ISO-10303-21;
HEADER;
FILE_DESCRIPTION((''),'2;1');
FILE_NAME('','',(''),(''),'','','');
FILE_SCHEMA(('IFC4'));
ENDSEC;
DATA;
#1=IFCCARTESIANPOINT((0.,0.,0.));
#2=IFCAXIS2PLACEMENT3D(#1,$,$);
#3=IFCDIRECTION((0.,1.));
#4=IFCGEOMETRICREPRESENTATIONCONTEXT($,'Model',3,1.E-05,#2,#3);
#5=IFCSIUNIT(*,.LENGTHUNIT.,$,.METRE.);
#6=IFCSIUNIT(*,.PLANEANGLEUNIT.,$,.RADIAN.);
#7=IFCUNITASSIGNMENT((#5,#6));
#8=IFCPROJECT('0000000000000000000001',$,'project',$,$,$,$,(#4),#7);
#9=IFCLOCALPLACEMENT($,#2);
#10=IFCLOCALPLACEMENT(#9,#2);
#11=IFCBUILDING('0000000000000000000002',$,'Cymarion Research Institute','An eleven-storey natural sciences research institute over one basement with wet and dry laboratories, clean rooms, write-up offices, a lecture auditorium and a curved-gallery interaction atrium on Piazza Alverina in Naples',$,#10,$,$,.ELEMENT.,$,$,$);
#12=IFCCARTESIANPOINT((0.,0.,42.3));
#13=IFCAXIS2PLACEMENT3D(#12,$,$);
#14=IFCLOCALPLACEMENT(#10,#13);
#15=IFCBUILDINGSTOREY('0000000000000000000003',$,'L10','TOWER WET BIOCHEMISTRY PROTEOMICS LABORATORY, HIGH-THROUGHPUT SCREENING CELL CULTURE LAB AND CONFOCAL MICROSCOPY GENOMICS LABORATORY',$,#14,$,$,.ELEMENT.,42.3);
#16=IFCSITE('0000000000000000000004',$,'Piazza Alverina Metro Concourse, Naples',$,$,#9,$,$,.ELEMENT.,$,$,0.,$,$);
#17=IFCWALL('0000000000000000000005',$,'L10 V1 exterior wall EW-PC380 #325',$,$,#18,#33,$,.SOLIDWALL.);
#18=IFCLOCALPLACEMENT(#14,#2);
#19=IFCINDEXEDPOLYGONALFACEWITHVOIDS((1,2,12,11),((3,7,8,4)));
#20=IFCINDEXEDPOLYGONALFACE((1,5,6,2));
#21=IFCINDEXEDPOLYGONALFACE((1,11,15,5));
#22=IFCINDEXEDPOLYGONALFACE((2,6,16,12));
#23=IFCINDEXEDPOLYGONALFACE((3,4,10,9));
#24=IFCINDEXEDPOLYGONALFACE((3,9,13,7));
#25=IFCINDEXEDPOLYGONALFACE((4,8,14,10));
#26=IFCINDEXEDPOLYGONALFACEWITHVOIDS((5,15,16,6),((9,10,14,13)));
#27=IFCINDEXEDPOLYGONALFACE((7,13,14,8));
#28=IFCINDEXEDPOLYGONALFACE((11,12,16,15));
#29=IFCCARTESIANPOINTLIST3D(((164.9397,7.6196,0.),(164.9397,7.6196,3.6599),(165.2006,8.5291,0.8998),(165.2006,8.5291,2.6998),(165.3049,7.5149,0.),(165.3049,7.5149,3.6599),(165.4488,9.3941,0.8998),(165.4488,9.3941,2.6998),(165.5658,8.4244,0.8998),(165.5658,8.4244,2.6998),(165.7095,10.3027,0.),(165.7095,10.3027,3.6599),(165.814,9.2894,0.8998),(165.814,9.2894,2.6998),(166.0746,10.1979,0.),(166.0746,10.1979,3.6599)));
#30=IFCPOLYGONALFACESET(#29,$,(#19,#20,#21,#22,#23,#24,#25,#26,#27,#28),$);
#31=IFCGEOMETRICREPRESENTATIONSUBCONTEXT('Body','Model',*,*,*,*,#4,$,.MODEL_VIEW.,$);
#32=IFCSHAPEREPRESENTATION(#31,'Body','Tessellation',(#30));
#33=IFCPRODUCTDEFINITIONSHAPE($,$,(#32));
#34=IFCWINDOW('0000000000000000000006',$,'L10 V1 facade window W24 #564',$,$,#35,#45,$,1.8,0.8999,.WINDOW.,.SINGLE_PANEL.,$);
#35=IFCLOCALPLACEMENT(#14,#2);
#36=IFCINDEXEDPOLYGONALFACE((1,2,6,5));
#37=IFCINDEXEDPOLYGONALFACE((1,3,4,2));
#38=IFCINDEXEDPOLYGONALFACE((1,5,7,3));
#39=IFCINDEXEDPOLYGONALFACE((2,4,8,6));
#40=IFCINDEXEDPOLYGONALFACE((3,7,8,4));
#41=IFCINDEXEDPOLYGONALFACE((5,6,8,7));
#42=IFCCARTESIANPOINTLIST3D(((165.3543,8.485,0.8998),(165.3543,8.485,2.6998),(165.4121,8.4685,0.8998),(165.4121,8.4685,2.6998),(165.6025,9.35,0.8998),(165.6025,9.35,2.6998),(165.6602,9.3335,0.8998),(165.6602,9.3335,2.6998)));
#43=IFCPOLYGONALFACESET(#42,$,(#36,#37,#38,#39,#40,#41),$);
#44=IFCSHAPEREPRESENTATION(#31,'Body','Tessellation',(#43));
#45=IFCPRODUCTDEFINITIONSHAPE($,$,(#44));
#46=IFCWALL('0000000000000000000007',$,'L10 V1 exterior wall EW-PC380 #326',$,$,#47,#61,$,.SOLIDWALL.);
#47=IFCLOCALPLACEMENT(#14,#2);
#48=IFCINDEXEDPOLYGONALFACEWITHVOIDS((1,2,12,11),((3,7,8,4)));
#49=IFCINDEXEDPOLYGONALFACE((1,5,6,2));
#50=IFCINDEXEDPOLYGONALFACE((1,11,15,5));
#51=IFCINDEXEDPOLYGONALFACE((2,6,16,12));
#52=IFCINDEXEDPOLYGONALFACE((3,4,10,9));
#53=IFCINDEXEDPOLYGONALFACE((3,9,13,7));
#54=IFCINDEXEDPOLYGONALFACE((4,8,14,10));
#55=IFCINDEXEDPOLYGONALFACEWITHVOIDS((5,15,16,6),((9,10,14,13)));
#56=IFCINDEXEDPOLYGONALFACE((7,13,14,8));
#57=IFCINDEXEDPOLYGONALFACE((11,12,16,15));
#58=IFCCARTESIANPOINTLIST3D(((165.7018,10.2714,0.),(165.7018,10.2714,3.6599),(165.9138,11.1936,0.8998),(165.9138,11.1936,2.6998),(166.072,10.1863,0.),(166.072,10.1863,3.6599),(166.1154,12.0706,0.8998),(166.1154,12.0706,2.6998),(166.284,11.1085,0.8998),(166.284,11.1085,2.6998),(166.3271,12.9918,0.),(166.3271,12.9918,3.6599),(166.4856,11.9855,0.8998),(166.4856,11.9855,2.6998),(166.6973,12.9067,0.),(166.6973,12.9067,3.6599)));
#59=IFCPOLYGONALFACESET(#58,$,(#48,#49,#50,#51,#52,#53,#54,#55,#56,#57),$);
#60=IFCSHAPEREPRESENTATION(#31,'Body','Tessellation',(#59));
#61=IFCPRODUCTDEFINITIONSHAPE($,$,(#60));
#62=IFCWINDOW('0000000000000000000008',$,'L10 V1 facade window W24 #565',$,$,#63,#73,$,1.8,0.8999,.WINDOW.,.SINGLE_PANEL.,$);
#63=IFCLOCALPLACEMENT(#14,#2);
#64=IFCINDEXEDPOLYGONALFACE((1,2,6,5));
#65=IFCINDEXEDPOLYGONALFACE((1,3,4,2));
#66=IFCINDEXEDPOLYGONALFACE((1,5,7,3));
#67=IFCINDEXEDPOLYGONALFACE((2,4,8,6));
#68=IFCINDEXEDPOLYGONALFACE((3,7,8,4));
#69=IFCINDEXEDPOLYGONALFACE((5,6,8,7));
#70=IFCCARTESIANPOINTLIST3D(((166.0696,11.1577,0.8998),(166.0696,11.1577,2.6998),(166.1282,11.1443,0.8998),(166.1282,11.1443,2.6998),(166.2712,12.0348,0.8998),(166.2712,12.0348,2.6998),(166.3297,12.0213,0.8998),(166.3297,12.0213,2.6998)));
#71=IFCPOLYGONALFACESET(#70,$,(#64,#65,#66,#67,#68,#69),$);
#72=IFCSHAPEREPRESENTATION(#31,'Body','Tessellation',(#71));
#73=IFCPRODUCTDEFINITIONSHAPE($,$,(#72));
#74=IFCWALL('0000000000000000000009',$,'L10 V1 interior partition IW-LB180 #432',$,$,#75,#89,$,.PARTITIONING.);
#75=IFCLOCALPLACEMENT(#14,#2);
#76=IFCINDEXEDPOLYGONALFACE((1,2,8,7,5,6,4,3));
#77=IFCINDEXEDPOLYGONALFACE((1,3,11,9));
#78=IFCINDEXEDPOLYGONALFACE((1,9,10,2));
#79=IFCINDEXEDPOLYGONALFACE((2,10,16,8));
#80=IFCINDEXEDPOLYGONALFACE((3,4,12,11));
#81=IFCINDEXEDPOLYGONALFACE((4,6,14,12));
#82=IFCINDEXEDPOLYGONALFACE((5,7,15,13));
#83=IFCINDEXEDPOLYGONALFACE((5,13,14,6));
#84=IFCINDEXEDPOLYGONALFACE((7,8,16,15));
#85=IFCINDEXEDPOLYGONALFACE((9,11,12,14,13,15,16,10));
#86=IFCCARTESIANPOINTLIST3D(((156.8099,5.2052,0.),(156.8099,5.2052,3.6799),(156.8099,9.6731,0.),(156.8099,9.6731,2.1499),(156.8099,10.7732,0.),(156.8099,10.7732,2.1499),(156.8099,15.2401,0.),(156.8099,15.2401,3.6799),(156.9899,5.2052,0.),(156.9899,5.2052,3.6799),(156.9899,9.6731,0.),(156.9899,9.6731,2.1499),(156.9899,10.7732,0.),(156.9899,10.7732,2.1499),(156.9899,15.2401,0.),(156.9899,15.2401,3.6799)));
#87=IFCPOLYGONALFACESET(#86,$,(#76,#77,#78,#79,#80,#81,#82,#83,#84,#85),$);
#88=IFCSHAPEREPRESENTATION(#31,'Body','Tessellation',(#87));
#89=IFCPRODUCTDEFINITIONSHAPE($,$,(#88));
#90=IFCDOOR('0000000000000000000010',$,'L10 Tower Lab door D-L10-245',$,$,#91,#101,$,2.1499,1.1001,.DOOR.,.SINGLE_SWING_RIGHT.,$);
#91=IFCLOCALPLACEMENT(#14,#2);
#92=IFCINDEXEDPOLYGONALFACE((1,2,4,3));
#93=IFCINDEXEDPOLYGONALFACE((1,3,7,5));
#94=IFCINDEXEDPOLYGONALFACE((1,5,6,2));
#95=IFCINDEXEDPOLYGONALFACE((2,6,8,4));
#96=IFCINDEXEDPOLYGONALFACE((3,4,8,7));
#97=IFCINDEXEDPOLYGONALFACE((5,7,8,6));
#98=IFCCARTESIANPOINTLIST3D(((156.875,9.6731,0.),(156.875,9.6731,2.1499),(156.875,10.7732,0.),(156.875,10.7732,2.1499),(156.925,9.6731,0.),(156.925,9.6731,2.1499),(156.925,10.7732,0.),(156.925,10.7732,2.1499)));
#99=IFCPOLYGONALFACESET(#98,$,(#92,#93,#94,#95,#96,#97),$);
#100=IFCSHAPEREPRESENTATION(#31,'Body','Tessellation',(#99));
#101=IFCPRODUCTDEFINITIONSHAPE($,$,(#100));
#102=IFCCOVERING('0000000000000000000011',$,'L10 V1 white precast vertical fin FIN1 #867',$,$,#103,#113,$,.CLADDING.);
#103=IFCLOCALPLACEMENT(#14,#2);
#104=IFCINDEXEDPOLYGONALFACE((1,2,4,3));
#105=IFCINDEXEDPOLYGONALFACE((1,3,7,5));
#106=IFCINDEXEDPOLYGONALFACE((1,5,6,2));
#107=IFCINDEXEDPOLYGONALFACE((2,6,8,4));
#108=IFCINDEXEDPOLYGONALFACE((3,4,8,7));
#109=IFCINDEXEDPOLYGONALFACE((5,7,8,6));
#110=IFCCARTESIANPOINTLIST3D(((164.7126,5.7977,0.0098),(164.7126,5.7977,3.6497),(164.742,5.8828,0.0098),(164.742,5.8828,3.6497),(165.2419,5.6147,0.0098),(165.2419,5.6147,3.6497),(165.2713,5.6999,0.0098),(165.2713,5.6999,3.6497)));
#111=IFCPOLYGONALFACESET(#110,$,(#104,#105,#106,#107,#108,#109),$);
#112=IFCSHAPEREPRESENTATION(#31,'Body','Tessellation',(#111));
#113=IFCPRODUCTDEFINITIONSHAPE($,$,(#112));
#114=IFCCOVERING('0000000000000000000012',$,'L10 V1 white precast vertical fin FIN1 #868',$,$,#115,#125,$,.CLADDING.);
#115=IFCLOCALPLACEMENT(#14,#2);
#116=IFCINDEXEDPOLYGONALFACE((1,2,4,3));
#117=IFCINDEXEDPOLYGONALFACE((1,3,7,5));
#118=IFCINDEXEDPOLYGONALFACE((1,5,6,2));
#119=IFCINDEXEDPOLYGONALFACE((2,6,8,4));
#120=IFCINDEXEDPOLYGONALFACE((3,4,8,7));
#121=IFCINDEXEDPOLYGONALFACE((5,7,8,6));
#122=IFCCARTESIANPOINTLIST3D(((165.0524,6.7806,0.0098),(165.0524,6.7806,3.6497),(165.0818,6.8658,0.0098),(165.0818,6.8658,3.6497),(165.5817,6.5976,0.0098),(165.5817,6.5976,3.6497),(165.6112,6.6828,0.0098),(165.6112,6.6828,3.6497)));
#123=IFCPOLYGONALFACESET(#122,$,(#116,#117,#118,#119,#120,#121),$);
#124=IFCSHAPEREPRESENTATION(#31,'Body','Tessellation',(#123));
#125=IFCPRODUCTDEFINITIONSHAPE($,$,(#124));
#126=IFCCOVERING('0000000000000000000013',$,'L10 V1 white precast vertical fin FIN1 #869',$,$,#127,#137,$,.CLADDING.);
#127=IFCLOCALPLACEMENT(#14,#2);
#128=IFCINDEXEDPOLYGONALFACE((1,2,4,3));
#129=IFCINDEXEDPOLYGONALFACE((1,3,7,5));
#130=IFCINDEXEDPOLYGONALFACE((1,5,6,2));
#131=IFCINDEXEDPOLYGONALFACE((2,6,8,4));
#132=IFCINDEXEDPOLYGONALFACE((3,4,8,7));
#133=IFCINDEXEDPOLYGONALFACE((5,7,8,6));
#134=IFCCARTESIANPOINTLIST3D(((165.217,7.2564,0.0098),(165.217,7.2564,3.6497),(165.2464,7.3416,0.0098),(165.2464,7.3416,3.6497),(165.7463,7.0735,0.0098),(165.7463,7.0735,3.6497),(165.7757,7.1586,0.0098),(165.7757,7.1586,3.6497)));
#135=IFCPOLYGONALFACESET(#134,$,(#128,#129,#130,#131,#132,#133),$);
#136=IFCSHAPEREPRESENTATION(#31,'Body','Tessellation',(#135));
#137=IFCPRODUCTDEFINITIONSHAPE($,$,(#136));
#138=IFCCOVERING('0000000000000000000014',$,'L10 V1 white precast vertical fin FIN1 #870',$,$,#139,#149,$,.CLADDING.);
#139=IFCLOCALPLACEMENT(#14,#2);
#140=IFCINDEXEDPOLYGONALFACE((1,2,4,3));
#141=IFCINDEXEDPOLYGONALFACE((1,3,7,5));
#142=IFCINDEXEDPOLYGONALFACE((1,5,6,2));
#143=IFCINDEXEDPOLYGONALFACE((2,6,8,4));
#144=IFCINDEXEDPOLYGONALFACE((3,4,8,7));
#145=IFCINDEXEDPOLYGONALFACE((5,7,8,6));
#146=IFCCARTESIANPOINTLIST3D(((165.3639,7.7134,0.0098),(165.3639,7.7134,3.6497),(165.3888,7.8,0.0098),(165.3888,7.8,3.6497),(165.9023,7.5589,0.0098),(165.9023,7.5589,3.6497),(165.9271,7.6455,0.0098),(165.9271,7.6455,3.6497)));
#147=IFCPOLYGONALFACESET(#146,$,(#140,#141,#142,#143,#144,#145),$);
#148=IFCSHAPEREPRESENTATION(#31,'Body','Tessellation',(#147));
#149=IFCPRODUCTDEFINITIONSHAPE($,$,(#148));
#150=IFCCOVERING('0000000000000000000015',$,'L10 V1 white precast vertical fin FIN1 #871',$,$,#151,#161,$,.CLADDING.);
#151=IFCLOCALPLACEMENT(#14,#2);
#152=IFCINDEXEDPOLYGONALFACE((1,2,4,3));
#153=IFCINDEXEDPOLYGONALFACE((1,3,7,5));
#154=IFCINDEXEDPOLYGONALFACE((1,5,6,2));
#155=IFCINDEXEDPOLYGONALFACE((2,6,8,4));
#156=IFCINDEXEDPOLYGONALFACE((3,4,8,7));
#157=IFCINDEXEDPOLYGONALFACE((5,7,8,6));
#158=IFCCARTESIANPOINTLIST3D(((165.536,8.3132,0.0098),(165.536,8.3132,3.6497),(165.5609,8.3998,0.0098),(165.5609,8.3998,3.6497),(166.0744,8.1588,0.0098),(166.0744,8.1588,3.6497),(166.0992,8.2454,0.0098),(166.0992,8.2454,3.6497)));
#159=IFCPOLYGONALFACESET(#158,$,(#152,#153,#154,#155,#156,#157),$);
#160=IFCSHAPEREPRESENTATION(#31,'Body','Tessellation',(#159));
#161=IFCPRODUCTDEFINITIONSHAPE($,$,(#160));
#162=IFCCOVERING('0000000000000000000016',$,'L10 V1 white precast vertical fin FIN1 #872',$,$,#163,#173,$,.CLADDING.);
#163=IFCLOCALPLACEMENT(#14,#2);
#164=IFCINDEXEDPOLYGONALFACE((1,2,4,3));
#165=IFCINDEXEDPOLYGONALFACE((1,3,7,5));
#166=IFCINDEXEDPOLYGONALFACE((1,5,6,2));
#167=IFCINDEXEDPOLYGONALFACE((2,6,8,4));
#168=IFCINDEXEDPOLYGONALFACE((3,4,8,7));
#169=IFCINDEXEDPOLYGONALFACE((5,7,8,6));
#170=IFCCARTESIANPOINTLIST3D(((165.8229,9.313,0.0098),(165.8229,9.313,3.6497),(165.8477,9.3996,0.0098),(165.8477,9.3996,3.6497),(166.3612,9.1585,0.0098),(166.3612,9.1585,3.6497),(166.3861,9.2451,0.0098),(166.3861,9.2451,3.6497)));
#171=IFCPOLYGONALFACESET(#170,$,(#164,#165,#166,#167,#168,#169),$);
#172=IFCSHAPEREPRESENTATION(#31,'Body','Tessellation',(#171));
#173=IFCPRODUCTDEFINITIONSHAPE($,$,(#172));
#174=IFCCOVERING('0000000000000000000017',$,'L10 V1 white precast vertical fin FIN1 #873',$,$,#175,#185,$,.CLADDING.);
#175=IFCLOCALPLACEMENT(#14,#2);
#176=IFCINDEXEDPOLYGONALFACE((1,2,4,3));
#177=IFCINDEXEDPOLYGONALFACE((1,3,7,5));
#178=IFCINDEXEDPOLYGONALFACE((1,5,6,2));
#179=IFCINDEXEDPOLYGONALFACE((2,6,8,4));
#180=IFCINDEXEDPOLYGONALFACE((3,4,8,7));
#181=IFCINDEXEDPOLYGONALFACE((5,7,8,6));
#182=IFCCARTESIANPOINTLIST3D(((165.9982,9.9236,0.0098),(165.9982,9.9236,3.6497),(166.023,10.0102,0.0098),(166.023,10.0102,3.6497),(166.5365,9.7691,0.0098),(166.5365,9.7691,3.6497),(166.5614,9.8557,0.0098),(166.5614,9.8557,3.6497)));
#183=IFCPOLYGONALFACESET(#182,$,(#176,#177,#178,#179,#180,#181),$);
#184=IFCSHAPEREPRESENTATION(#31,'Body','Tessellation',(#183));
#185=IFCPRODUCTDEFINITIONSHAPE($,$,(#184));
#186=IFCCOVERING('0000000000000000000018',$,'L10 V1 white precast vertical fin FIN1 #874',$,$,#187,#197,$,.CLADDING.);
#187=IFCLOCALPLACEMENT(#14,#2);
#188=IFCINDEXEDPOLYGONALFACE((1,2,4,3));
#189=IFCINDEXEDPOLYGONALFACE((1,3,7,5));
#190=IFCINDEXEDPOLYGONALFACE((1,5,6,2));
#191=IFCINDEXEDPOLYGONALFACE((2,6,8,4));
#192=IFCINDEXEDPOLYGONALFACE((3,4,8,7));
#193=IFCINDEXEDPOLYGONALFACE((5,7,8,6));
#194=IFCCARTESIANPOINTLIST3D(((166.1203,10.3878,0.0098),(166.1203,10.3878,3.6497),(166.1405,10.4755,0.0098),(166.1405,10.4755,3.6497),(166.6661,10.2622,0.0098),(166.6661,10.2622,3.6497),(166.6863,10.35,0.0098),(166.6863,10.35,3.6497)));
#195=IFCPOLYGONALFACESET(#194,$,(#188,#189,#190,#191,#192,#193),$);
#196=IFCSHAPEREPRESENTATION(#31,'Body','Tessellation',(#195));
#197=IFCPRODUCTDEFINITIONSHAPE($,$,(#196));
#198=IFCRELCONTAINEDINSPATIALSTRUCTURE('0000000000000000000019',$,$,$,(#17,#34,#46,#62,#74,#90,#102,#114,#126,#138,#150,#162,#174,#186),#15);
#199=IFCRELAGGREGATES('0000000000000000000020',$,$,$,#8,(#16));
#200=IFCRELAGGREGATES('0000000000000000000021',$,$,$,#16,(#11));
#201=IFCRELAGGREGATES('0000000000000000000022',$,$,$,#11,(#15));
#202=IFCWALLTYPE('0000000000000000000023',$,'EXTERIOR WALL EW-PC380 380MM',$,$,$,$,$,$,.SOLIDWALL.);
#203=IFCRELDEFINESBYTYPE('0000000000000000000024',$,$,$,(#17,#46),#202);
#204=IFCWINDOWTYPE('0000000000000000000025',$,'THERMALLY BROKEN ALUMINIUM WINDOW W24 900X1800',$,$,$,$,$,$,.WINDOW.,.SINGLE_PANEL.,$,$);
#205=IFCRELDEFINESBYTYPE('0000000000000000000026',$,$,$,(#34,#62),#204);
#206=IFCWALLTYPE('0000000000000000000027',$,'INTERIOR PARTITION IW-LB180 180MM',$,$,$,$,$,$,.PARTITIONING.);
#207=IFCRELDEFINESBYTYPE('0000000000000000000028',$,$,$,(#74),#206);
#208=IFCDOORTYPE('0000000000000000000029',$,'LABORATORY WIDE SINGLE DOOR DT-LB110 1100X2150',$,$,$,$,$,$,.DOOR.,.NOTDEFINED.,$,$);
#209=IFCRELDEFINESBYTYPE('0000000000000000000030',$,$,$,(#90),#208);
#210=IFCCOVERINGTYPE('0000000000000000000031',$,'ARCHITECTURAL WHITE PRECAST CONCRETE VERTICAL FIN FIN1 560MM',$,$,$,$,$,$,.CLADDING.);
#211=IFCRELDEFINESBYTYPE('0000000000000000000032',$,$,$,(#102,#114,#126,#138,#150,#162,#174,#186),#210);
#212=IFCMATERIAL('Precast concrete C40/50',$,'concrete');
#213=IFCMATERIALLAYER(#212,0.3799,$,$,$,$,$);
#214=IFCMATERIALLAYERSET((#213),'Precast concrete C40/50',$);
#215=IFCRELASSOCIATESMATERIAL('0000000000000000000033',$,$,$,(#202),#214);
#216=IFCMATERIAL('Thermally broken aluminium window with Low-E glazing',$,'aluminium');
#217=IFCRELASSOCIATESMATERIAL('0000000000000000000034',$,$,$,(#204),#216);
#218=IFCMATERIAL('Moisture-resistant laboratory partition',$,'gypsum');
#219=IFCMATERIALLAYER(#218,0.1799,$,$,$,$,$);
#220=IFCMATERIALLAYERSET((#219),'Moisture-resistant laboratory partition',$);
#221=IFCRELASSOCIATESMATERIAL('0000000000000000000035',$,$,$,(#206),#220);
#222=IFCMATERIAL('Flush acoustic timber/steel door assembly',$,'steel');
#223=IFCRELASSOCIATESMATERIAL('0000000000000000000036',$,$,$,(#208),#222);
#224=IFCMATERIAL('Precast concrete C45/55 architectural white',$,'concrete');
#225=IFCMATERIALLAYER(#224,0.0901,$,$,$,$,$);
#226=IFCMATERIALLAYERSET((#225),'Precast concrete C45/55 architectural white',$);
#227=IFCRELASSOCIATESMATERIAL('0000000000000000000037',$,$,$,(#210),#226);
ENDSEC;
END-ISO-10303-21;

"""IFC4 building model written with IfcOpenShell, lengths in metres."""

from ifc_helpers import new_model, si_unit, direction, frame, frame_2d, origin, origin_2d, place, context, subcontext, project, spatial, rectangle, extrude, material, layer, layer_set, type_object, element, fill, save


model = new_model("IFC4")

# Units and contexts
model_context = context("Model", 3, precision=1e-05, world=origin(), true_north=direction((0.0, 1.0)))
body_context = subcontext(model_context, "Body", "Model", "MODEL_VIEW")
ifc_project = project(units=[si_unit("LENGTHUNIT", "METRE"), si_unit("PLANEANGLEUNIT", "RADIAN")], contexts=[model_context])

# Site, building, storey
site_placement = place(None, origin())
site = spatial("IfcSite", under=ifc_project, at=site_placement, Name="Piazza Alverina Metro Concourse, Naples", CompositionType="ELEMENT", RefElevation=0.0)
building_placement = place(site_placement, origin())
building = spatial("IfcBuilding", under=site, at=building_placement, Name="Cymarion Research Institute", Description="An eleven-storey natural sciences research institute over one basement with wet and dry laboratories, clean rooms, write-up offices, a lecture auditorium and a curved-gallery interaction atrium on Piazza Alverina in Naples", CompositionType="ELEMENT")
storey_placement = place(building_placement, frame((0.0, 0.0, 42.3)))
storey = spatial("IfcBuildingStorey", under=building, at=storey_placement, Name="L10", Description="TOWER WET BIOCHEMISTRY PROTEOMICS LABORATORY, HIGH-THROUGHPUT SCREENING CELL CULTURE LAB AND CONFOCAL MICROSCOPY GENOMICS LABORATORY", CompositionType="ELEMENT", Elevation=42.3)

# Walls, openings, windows
ifc_material_1 = material(Name="Precast concrete C40/50", Category="concrete")
ifc_layer_1 = layer(ifc_material_1, 0.3799)
ifc_layer_set_1 = layer_set([ifc_layer_1], Name="Precast concrete C40/50")
wall_type_1 = type_object("IfcWallType", Name="EXTERIOR WALL EW-PC380 380MM", PredefinedType="SOLIDWALL", material=ifc_layer_set_1)
wall_1_placement = place(storey_placement, frame((165.1223, 7.5674, 0.0), z_axis=(0.0, 0.0, 1.0), x_axis=(0.275772, 0.961223, 0.0)))
wall_1 = element("IfcWall", 1, at=wall_1_placement, inside=storey, type_object=wall_type_1, Name="L10 V1 exterior wall EW-PC380 #325", PredefinedType="SOLIDWALL", context=body_context, shape_type="SweptSolid", body=[
    extrude(rectangle(XDim=2.7913, YDim=0.3799, at=frame_2d((1.3955, 0.0))), origin(), (0.0, 0.0, 1.0), 3.6599),
])
opening_1_placement = place(wall_1_placement, frame((0.946, 0.0, 0.8999)))
opening_1 = element("IfcOpeningElement", 2, at=opening_1_placement, cuts=wall_1, PredefinedType="OPENING", context=body_context, shape_type="SweptSolid", body=[
    extrude(rectangle(XDim=0.8999, YDim=1.8, at=frame_2d((0.45, 0.8999))), frame((0.0, 0.2, 0.0), z_axis=(0.0, -1.0, 0.0), x_axis=(1.0, 0.0, 0.0)), (0.0, 0.0, 1.0), 0.3999),
])
ifc_material_2 = material(Name="Thermally broken aluminium window with Low-E glazing", Category="aluminium")
window_type = type_object("IfcWindowType", Name="THERMALLY BROKEN ALUMINIUM WINDOW W24 900X1800", PartitioningType="SINGLE_PANEL", PredefinedType="WINDOW", material=ifc_material_2)
window_1_placement = place(opening_1_placement, origin())
window_1 = element("IfcWindow", 3, at=window_1_placement, inside=storey, type_object=window_type, Name="L10 V1 facade window W24 #564", OverallHeight=1.8, OverallWidth=0.8999, PartitioningType="SINGLE_PANEL", PredefinedType="WINDOW", context=body_context, shape_type="SweptSolid", body=[
    extrude(rectangle(XDim=0.8999, YDim=1.8, at=frame_2d((0.45, 0.8999))), frame((0.0, 0.03, 0.0), z_axis=(0.0, -1.0, 0.0), x_axis=(1.0, 0.0, 0.0)), (0.0, 0.0, 1.0), 0.0601),
])
fill(opening_1, window_1)
wall_2_placement = place(storey_placement, frame((165.887, 10.229, 0.0), z_axis=(0.0, 0.0, 1.0), x_axis=(0.22401, 0.974587, 0.0)))
wall_2 = element("IfcWall", 4, at=wall_2_placement, inside=storey, type_object=wall_type_1, Name="L10 V1 exterior wall EW-PC380 #326", PredefinedType="SOLIDWALL", context=body_context, shape_type="SweptSolid", body=[
    extrude(rectangle(XDim=2.7913, YDim=0.3799, at=frame_2d((1.3955, 0.0))), origin(), (0.0, 0.0, 1.0), 3.6599),
])
opening_2_placement = place(wall_2_placement, frame((0.946, 0.0, 0.8999)))
opening_2 = element("IfcOpeningElement", 5, at=opening_2_placement, cuts=wall_2, PredefinedType="OPENING", context=body_context, shape_type="SweptSolid", body=[
    extrude(rectangle(XDim=0.8999, YDim=1.8, at=frame_2d((0.45, 0.8999))), frame((0.0, 0.2, 0.0), z_axis=(0.0, -1.0, 0.0), x_axis=(1.0, 0.0, 0.0)), (0.0, 0.0, 1.0), 0.3999),
])
window_2_placement = place(opening_2_placement, origin())
window_2 = element("IfcWindow", 6, at=window_2_placement, inside=storey, type_object=window_type, Name="L10 V1 facade window W24 #565", OverallHeight=1.8, OverallWidth=0.8999, PartitioningType="SINGLE_PANEL", PredefinedType="WINDOW", context=body_context, shape_type="SweptSolid", body=[
    extrude(rectangle(XDim=0.8999, YDim=1.8, at=frame_2d((0.45, 0.8999))), frame((0.0, 0.03, 0.0), z_axis=(0.0, -1.0, 0.0), x_axis=(1.0, 0.0, 0.0)), (0.0, 0.0, 1.0), 0.0601),
])
fill(opening_2, window_2)

# Wall, opening, door
ifc_material_3 = material(Name="Moisture-resistant laboratory partition", Category="gypsum")
ifc_layer_2 = layer(ifc_material_3, 0.1799)
ifc_layer_set_2 = layer_set([ifc_layer_2], Name="Moisture-resistant laboratory partition")
wall_type_2 = type_object("IfcWallType", Name="INTERIOR PARTITION IW-LB180 180MM", PredefinedType="PARTITIONING", material=ifc_layer_set_2)
wall_3_placement = place(storey_placement, frame((156.8999, 5.2051, 0.0), z_axis=(0.0, 0.0, 1.0), x_axis=(0.0, 1.0, 0.0)))
wall_3 = element("IfcWall", 7, at=wall_3_placement, inside=storey, type_object=wall_type_2, Name="L10 V1 interior partition IW-LB180 #432", PredefinedType="PARTITIONING", context=body_context, shape_type="SweptSolid", body=[
    extrude(rectangle(XDim=10.0349, YDim=0.1799, at=frame_2d((5.0176, 0.0))), origin(), (0.0, 0.0, 1.0), 3.6799),
])
opening_3_placement = place(wall_3_placement, frame((4.468, 0.0, 0.0)))
opening_3 = element("IfcOpeningElement", 8, at=opening_3_placement, cuts=wall_3, PredefinedType="OPENING", context=body_context, shape_type="SweptSolid", body=[
    extrude(rectangle(XDim=1.1001, YDim=2.1499, at=frame_2d((0.55, 1.075))), frame((0.0, 0.0999, 0.0), z_axis=(0.0, -1.0, 0.0), x_axis=(1.0, 0.0, 0.0)), (0.0, 0.0, 1.0), 0.2),
])
ifc_material_4 = material(Name="Flush acoustic timber/steel door assembly", Category="steel")
door_type = type_object("IfcDoorType", Name="LABORATORY WIDE SINGLE DOOR DT-LB110 1100X2150", OperationType="NOTDEFINED", PredefinedType="DOOR", material=ifc_material_4)
door_placement = place(opening_3_placement, origin())
door = element("IfcDoor", 9, at=door_placement, inside=storey, type_object=door_type, Name="L10 Tower Lab door D-L10-245", OperationType="SINGLE_SWING_RIGHT", OverallHeight=2.1499, OverallWidth=1.1001, PredefinedType="DOOR", context=body_context, shape_type="SweptSolid", body=[
    extrude(rectangle(XDim=1.1001, YDim=2.1499, at=frame_2d((0.55, 1.075))), frame((0.0, 0.0249, 0.0), z_axis=(0.0, -1.0, 0.0), x_axis=(1.0, 0.0, 0.0)), (0.0, 0.0, 1.0), 0.05),
])
fill(opening_3, door)

# Coverings
ifc_material_5 = material(Name="Precast concrete C45/55 architectural white", Category="concrete")
ifc_layer_3 = layer(ifc_material_5, 0.0901)
ifc_layer_set_3 = layer_set([ifc_layer_3], Name="Precast concrete C45/55 architectural white")
covering_type = type_object("IfcCoveringType", Name="ARCHITECTURAL WHITE PRECAST CONCRETE VERTICAL FIN FIN1 560MM", PredefinedType="CLADDING", material=ifc_layer_set_3)
for number, where, z_axis, x_axis, name in (
    (10, (164.9919, 5.7488, 0.0098), (0.0, 0.0, 1.0), (0.94512, -0.326723, 0.0), "L10 V1 white precast vertical fin FIN1 #867"),
    (11, (165.3318, 6.7317, 0.0098), (0.0, 0.0, 1.0), (0.94512, -0.326723, 0.0), "L10 V1 white precast vertical fin FIN1 #868"),
    (12, (165.4963, 7.2075, 0.0098), (0.0, 0.0, 1.0), (0.94512, -0.326723, 0.0), "L10 V1 white precast vertical fin FIN1 #869"),
    (13, (165.6455, 7.6794, 0.0098), (0.0, 0.0, 1.0), (0.961214, -0.275805, 0.0), "L10 V1 white precast vertical fin FIN1 #870"),
    (14, (165.8176, 8.2793, 0.0098), (0.0, 0.0, 1.0), (0.961214, -0.275805, 0.0), "L10 V1 white precast vertical fin FIN1 #871"),
    (15, (166.1045, 9.2791, 0.0098), (0.0, 0.0, 1.0), (0.961214, -0.275805, 0.0), "L10 V1 white precast vertical fin FIN1 #872"),
    (16, (166.2798, 9.8896, 0.0098), (0.0, 0.0, 1.0), (0.961214, -0.275805, 0.0), "L10 V1 white precast vertical fin FIN1 #873"),
    (17, (166.4033, 10.3689, 0.0098), (0.0, 0.0, 1.0), (0.974566, -0.224101, 0.0), "L10 V1 white precast vertical fin FIN1 #874"),
):
    element("IfcCovering", number, at=place(storey_placement, frame(where, z_axis=z_axis, x_axis=x_axis)), inside=storey, type_object=covering_type, Name=name, PredefinedType="CLADDING", context=body_context, shape_type="SweptSolid", body=[
        extrude(rectangle(XDim=0.5601, YDim=0.0901, at=origin_2d()), origin(), (0.0, 0.0, 1.0), 3.6399),
    ])

save(model, "model.ifc")
